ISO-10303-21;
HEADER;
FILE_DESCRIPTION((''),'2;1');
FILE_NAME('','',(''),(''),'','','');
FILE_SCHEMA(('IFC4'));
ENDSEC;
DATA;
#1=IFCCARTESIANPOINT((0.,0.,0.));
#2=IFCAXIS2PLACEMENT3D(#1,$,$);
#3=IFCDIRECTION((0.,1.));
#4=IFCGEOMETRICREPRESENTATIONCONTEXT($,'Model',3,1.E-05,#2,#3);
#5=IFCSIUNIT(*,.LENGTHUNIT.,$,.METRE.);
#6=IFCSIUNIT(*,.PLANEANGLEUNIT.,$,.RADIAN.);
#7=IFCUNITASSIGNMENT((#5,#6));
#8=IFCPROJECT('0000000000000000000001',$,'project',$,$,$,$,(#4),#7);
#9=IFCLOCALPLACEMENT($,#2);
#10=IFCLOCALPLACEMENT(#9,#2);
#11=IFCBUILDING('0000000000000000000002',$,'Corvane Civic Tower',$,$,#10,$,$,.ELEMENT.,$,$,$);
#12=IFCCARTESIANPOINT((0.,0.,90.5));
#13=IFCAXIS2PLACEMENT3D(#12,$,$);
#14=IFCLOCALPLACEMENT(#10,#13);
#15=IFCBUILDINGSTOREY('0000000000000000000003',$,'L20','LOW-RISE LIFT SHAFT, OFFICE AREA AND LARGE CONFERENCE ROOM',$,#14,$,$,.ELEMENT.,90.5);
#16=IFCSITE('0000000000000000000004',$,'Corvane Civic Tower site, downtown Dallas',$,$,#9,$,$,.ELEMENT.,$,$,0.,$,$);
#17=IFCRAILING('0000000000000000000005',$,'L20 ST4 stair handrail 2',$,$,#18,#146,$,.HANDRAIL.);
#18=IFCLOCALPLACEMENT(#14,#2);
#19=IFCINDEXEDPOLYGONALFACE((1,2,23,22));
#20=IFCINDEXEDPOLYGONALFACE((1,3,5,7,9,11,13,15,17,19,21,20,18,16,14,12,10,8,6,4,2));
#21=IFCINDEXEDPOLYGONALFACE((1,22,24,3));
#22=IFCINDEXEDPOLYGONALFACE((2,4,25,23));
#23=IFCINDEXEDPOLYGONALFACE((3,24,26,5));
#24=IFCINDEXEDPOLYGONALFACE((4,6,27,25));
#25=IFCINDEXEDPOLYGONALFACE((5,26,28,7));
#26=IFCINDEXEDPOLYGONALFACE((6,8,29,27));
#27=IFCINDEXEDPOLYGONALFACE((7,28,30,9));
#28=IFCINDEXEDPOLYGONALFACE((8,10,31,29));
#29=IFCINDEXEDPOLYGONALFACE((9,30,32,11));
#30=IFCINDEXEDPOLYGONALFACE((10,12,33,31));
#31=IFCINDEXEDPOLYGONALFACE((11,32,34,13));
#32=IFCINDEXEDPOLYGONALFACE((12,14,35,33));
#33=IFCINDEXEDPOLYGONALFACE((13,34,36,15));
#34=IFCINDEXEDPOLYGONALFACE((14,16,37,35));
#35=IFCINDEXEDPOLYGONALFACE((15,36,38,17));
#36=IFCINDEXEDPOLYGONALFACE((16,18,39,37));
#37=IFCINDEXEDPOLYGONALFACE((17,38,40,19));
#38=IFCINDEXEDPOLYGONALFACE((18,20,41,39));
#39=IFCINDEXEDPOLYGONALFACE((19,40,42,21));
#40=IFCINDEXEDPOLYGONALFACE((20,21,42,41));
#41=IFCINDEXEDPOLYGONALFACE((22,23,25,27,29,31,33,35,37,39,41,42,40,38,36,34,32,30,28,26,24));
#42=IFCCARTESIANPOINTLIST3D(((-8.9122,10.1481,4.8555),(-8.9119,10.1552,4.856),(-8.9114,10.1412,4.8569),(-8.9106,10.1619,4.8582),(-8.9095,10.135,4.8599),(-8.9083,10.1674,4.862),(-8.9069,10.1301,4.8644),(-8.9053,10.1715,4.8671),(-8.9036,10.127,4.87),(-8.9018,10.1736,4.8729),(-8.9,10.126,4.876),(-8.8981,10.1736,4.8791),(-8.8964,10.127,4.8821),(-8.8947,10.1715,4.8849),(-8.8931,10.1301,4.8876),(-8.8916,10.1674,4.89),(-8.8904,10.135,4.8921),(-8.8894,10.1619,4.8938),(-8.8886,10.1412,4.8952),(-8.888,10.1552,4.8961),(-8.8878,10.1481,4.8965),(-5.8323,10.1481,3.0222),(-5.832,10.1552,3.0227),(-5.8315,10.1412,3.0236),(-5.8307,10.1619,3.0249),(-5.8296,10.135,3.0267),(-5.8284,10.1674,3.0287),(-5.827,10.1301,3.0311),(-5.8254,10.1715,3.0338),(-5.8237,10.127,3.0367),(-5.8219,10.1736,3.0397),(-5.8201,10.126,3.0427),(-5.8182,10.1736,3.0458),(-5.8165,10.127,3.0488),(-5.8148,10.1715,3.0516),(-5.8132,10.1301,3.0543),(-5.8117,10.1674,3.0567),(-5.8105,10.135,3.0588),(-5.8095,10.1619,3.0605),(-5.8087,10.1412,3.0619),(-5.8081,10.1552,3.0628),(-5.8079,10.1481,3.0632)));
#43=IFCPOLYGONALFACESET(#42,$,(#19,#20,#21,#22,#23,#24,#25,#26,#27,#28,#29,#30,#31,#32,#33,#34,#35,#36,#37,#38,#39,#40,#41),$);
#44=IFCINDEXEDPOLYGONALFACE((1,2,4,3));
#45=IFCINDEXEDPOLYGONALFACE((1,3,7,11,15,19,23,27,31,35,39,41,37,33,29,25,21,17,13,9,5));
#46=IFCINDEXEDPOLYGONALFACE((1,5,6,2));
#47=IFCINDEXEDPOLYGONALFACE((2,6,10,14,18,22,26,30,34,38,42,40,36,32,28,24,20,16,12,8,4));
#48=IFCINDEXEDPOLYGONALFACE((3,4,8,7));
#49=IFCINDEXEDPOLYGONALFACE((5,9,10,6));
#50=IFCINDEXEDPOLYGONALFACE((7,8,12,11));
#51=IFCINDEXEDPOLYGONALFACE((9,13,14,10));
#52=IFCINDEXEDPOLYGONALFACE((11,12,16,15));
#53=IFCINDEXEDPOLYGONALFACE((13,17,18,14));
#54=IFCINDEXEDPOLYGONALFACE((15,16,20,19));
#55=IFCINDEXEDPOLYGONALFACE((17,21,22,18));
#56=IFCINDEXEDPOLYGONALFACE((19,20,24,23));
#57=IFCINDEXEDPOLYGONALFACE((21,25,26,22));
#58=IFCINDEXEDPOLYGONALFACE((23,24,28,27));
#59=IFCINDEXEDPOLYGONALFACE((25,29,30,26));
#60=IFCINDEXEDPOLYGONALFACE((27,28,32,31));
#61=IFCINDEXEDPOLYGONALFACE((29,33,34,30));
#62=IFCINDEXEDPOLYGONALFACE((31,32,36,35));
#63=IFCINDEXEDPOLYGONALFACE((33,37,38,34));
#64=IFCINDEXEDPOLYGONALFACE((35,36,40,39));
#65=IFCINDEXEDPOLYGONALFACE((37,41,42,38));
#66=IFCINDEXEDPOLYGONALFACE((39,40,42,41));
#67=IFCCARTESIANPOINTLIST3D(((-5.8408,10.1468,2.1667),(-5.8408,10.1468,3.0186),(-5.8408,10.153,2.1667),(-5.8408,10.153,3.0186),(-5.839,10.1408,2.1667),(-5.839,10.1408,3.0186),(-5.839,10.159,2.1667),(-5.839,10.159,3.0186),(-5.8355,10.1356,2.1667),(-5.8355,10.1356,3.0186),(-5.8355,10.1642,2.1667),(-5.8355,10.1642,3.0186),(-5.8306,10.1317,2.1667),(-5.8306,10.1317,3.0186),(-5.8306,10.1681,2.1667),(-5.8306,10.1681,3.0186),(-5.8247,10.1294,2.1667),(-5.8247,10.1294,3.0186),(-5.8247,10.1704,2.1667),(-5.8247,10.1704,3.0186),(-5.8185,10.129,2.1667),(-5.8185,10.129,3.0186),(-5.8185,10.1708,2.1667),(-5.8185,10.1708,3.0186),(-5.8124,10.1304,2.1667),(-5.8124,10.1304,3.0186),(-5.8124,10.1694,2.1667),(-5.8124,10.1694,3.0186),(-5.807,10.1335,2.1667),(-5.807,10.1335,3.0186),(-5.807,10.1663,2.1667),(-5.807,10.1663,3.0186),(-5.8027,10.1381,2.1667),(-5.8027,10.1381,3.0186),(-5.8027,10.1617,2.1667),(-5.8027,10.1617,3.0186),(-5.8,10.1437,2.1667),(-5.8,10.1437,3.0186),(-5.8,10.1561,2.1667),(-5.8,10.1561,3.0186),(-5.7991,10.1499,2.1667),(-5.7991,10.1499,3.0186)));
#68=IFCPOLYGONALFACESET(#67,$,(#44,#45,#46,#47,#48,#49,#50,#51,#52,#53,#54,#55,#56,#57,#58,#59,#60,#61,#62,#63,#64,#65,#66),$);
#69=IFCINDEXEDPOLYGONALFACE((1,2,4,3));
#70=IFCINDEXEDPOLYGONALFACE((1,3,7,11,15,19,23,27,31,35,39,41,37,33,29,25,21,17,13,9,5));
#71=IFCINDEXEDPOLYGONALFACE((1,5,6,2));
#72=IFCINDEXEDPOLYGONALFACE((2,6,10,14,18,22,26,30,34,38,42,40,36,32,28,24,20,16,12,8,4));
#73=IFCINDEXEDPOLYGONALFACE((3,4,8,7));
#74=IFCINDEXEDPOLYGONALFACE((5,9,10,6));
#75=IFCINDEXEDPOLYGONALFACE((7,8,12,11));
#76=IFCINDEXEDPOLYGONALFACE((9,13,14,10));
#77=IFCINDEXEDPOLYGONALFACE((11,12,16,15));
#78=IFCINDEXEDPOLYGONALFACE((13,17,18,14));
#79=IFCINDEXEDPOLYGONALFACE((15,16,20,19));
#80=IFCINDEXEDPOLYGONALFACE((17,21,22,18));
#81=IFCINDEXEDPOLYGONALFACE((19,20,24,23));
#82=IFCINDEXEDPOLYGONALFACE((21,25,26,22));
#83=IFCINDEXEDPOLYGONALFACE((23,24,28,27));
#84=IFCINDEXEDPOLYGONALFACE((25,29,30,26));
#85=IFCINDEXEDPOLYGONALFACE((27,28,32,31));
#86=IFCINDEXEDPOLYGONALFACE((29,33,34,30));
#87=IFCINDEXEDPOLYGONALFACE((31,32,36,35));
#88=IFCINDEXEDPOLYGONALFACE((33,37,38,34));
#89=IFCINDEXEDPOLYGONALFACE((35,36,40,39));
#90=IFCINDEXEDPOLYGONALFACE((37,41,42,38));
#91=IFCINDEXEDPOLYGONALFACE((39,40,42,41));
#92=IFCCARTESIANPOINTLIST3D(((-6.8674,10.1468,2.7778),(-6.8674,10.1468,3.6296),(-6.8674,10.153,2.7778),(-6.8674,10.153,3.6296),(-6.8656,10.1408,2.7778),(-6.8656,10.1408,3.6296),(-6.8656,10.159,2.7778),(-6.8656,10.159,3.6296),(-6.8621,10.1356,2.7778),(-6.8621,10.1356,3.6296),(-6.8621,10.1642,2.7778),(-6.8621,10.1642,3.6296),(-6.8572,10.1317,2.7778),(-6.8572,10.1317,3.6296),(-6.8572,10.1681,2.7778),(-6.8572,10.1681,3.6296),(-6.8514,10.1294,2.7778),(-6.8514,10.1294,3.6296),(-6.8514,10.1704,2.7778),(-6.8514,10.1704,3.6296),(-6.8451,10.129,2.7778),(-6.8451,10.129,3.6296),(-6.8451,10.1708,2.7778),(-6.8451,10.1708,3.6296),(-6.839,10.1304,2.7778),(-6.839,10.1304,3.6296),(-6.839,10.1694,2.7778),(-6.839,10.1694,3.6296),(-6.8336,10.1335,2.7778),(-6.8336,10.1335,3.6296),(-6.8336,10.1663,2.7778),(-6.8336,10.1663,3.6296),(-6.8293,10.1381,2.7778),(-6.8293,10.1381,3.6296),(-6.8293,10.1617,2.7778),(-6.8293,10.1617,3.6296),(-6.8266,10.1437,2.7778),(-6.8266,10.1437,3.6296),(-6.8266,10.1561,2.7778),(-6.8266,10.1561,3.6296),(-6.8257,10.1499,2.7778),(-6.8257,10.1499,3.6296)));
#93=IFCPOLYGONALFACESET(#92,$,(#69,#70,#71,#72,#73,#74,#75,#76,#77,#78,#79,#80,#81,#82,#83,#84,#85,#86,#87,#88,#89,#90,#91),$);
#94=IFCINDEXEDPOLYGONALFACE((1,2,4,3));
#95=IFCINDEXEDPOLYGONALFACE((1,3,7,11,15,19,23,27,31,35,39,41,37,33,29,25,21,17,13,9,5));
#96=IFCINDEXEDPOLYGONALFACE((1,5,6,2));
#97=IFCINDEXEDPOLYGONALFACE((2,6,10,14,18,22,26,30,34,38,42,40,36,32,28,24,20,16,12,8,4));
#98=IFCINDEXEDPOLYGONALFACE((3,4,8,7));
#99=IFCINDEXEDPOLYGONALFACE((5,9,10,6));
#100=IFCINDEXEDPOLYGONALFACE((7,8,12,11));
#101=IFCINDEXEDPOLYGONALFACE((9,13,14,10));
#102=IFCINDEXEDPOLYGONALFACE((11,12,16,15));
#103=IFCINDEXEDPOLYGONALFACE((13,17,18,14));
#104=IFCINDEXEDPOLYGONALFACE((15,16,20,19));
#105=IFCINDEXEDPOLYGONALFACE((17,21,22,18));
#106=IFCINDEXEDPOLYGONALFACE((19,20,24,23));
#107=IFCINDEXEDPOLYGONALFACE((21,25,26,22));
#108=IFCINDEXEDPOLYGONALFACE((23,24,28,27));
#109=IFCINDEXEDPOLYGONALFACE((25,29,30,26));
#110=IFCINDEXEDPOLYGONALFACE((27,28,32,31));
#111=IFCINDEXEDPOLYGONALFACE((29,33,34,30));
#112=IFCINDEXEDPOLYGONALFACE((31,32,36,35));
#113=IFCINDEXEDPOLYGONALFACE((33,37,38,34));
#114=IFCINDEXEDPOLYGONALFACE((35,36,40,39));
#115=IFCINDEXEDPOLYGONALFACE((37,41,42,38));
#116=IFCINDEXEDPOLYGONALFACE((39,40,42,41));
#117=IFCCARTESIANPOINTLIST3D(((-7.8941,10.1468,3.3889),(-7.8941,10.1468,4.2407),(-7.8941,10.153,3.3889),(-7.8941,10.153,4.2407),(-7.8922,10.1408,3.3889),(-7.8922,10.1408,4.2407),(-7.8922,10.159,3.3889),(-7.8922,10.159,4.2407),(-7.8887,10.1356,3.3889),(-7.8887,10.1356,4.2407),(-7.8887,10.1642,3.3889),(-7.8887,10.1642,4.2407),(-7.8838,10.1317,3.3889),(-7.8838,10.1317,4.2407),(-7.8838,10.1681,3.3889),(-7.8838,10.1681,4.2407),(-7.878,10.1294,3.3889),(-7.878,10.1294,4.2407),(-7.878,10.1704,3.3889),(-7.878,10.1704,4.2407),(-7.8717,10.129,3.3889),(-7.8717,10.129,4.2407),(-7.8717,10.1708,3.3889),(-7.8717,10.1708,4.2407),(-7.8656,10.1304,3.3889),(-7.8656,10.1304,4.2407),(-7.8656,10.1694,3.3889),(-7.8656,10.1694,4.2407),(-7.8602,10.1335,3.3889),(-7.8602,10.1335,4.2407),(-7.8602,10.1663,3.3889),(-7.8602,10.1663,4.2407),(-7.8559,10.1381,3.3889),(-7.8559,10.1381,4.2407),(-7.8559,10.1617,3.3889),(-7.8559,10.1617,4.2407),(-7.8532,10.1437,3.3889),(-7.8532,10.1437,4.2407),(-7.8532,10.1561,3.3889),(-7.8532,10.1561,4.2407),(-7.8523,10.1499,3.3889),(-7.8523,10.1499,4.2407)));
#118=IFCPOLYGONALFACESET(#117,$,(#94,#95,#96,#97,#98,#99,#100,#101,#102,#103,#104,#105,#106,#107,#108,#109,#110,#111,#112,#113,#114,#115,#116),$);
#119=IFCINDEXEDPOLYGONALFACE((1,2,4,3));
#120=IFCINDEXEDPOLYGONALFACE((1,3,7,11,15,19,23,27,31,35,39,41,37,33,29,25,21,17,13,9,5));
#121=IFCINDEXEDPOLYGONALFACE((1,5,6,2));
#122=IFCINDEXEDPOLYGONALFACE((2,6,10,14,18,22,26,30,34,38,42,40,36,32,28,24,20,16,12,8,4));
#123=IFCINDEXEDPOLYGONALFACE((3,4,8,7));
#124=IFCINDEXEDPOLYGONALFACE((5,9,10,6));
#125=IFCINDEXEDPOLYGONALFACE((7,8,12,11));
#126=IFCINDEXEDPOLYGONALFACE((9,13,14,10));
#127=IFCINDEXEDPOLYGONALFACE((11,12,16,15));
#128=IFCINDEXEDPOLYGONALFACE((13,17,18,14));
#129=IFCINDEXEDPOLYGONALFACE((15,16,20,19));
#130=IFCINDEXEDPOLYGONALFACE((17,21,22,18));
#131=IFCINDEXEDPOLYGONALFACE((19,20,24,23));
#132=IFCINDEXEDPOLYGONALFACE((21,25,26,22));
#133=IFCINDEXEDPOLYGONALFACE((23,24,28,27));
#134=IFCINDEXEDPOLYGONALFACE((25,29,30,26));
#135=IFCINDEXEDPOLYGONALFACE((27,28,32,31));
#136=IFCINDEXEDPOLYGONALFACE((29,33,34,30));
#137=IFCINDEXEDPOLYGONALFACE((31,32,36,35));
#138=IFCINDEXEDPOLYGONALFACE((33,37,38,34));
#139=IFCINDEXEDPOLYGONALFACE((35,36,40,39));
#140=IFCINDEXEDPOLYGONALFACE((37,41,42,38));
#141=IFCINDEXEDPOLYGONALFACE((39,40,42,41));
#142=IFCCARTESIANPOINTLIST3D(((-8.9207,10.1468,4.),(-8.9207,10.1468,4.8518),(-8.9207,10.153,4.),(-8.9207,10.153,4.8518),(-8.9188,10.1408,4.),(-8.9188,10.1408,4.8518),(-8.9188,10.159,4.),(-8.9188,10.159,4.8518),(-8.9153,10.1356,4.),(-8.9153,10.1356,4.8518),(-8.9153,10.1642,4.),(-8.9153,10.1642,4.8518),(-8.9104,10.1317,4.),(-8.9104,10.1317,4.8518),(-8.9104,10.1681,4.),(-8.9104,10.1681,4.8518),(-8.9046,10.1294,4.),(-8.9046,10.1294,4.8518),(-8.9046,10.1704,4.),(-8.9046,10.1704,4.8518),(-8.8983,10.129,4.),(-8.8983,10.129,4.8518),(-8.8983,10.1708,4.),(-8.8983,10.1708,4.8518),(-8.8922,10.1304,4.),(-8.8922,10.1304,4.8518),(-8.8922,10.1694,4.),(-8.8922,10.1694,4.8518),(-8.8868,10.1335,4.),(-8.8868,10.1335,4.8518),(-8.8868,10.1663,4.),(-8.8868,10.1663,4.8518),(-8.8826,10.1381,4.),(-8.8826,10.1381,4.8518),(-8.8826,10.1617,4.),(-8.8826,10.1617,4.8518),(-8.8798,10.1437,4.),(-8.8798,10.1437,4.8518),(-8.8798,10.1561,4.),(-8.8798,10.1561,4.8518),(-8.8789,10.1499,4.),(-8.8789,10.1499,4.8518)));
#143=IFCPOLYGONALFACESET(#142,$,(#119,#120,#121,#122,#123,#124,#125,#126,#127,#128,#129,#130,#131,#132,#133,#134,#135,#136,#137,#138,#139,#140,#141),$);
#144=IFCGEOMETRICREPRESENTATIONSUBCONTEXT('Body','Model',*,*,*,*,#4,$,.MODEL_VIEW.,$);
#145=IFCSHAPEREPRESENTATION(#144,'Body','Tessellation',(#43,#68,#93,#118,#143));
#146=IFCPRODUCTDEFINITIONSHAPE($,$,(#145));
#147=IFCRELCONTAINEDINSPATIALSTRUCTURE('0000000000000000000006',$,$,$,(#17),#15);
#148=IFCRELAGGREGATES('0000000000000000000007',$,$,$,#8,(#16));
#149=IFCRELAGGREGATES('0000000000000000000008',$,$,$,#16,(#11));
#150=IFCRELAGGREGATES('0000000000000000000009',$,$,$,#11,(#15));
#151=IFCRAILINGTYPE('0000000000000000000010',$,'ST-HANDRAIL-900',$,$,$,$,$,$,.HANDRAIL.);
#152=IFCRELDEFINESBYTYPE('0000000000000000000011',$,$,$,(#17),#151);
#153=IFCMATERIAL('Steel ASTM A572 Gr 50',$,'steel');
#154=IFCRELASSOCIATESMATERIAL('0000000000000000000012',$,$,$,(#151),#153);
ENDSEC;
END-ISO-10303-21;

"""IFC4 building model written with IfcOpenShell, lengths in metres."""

from ifc_helpers import new_model, si_unit, direction, frame, origin, origin_2d, place, context, subcontext, project, spatial, circle, extrude, material, type_object, element, save


model = new_model("IFC4")

# Units and contexts
model_context = context("Model", 3, precision=1e-05, world=origin(), true_north=direction((0.0, 1.0)))
body_context = subcontext(model_context, "Body", "Model", "MODEL_VIEW")
ifc_project = project(units=[si_unit("LENGTHUNIT", "METRE"), si_unit("PLANEANGLEUNIT", "RADIAN")], contexts=[model_context])

# Site, building, storey
site_placement = place(None, origin())
site = spatial("IfcSite", under=ifc_project, at=site_placement, Name="Corvane Civic Tower site, downtown Dallas", CompositionType="ELEMENT", RefElevation=0.0)
building_placement = place(site_placement, origin())
building = spatial("IfcBuilding", under=site, at=building_placement, Name="Corvane Civic Tower", CompositionType="ELEMENT")
storey_placement = place(building_placement, frame((0.0, 0.0, 90.5)))
storey = spatial("IfcBuildingStorey", under=building, at=storey_placement, Name="L20", Description="LOW-RISE LIFT SHAFT, OFFICE AREA AND LARGE CONFERENCE ROOM", CompositionType="ELEMENT", Elevation=90.5)

# Railing
ifc_material_1 = material(Name="Steel ASTM A572 Gr 50", Category="steel")
railing_type = type_object("IfcRailingType", Name="ST-HANDRAIL-900", PredefinedType="HANDRAIL", material=ifc_material_1)
railing_placement = place(storey_placement, frame((-5.8201, 10.1499, 2.1667)))
element("IfcRailing", 1, at=railing_placement, inside=storey, type_object=railing_type, Name="L20 ST4 stair handrail 2", PredefinedType="HANDRAIL", context=body_context, shape_type="SweptSolid", body=[
    extrude(circle(Radius=0.0239, at=origin_2d()), frame((0.0, 0.0, 0.876), z_axis=(-0.859291, 0.0, 0.511487), x_axis=(0.0, -1.0, 0.0)), (0.0, 0.0, 1.0), 3.5842),
    extrude(circle(Radius=0.021, at=origin_2d()), origin(), (0.0, 0.0, 1.0), 0.8518),
    extrude(circle(Radius=0.021, at=origin_2d()), frame((-1.0266, 0.0, 0.6111)), (0.0, 0.0, 1.0), 0.8518),
    extrude(circle(Radius=0.021, at=origin_2d()), frame((-2.0532, 0.0, 1.2222)), (0.0, 0.0, 1.0), 0.8518),
    extrude(circle(Radius=0.021, at=origin_2d()), frame((-3.0798, 0.0, 1.8333)), (0.0, 0.0, 1.0), 0.8518),
])

save(model, "model.ifc")
